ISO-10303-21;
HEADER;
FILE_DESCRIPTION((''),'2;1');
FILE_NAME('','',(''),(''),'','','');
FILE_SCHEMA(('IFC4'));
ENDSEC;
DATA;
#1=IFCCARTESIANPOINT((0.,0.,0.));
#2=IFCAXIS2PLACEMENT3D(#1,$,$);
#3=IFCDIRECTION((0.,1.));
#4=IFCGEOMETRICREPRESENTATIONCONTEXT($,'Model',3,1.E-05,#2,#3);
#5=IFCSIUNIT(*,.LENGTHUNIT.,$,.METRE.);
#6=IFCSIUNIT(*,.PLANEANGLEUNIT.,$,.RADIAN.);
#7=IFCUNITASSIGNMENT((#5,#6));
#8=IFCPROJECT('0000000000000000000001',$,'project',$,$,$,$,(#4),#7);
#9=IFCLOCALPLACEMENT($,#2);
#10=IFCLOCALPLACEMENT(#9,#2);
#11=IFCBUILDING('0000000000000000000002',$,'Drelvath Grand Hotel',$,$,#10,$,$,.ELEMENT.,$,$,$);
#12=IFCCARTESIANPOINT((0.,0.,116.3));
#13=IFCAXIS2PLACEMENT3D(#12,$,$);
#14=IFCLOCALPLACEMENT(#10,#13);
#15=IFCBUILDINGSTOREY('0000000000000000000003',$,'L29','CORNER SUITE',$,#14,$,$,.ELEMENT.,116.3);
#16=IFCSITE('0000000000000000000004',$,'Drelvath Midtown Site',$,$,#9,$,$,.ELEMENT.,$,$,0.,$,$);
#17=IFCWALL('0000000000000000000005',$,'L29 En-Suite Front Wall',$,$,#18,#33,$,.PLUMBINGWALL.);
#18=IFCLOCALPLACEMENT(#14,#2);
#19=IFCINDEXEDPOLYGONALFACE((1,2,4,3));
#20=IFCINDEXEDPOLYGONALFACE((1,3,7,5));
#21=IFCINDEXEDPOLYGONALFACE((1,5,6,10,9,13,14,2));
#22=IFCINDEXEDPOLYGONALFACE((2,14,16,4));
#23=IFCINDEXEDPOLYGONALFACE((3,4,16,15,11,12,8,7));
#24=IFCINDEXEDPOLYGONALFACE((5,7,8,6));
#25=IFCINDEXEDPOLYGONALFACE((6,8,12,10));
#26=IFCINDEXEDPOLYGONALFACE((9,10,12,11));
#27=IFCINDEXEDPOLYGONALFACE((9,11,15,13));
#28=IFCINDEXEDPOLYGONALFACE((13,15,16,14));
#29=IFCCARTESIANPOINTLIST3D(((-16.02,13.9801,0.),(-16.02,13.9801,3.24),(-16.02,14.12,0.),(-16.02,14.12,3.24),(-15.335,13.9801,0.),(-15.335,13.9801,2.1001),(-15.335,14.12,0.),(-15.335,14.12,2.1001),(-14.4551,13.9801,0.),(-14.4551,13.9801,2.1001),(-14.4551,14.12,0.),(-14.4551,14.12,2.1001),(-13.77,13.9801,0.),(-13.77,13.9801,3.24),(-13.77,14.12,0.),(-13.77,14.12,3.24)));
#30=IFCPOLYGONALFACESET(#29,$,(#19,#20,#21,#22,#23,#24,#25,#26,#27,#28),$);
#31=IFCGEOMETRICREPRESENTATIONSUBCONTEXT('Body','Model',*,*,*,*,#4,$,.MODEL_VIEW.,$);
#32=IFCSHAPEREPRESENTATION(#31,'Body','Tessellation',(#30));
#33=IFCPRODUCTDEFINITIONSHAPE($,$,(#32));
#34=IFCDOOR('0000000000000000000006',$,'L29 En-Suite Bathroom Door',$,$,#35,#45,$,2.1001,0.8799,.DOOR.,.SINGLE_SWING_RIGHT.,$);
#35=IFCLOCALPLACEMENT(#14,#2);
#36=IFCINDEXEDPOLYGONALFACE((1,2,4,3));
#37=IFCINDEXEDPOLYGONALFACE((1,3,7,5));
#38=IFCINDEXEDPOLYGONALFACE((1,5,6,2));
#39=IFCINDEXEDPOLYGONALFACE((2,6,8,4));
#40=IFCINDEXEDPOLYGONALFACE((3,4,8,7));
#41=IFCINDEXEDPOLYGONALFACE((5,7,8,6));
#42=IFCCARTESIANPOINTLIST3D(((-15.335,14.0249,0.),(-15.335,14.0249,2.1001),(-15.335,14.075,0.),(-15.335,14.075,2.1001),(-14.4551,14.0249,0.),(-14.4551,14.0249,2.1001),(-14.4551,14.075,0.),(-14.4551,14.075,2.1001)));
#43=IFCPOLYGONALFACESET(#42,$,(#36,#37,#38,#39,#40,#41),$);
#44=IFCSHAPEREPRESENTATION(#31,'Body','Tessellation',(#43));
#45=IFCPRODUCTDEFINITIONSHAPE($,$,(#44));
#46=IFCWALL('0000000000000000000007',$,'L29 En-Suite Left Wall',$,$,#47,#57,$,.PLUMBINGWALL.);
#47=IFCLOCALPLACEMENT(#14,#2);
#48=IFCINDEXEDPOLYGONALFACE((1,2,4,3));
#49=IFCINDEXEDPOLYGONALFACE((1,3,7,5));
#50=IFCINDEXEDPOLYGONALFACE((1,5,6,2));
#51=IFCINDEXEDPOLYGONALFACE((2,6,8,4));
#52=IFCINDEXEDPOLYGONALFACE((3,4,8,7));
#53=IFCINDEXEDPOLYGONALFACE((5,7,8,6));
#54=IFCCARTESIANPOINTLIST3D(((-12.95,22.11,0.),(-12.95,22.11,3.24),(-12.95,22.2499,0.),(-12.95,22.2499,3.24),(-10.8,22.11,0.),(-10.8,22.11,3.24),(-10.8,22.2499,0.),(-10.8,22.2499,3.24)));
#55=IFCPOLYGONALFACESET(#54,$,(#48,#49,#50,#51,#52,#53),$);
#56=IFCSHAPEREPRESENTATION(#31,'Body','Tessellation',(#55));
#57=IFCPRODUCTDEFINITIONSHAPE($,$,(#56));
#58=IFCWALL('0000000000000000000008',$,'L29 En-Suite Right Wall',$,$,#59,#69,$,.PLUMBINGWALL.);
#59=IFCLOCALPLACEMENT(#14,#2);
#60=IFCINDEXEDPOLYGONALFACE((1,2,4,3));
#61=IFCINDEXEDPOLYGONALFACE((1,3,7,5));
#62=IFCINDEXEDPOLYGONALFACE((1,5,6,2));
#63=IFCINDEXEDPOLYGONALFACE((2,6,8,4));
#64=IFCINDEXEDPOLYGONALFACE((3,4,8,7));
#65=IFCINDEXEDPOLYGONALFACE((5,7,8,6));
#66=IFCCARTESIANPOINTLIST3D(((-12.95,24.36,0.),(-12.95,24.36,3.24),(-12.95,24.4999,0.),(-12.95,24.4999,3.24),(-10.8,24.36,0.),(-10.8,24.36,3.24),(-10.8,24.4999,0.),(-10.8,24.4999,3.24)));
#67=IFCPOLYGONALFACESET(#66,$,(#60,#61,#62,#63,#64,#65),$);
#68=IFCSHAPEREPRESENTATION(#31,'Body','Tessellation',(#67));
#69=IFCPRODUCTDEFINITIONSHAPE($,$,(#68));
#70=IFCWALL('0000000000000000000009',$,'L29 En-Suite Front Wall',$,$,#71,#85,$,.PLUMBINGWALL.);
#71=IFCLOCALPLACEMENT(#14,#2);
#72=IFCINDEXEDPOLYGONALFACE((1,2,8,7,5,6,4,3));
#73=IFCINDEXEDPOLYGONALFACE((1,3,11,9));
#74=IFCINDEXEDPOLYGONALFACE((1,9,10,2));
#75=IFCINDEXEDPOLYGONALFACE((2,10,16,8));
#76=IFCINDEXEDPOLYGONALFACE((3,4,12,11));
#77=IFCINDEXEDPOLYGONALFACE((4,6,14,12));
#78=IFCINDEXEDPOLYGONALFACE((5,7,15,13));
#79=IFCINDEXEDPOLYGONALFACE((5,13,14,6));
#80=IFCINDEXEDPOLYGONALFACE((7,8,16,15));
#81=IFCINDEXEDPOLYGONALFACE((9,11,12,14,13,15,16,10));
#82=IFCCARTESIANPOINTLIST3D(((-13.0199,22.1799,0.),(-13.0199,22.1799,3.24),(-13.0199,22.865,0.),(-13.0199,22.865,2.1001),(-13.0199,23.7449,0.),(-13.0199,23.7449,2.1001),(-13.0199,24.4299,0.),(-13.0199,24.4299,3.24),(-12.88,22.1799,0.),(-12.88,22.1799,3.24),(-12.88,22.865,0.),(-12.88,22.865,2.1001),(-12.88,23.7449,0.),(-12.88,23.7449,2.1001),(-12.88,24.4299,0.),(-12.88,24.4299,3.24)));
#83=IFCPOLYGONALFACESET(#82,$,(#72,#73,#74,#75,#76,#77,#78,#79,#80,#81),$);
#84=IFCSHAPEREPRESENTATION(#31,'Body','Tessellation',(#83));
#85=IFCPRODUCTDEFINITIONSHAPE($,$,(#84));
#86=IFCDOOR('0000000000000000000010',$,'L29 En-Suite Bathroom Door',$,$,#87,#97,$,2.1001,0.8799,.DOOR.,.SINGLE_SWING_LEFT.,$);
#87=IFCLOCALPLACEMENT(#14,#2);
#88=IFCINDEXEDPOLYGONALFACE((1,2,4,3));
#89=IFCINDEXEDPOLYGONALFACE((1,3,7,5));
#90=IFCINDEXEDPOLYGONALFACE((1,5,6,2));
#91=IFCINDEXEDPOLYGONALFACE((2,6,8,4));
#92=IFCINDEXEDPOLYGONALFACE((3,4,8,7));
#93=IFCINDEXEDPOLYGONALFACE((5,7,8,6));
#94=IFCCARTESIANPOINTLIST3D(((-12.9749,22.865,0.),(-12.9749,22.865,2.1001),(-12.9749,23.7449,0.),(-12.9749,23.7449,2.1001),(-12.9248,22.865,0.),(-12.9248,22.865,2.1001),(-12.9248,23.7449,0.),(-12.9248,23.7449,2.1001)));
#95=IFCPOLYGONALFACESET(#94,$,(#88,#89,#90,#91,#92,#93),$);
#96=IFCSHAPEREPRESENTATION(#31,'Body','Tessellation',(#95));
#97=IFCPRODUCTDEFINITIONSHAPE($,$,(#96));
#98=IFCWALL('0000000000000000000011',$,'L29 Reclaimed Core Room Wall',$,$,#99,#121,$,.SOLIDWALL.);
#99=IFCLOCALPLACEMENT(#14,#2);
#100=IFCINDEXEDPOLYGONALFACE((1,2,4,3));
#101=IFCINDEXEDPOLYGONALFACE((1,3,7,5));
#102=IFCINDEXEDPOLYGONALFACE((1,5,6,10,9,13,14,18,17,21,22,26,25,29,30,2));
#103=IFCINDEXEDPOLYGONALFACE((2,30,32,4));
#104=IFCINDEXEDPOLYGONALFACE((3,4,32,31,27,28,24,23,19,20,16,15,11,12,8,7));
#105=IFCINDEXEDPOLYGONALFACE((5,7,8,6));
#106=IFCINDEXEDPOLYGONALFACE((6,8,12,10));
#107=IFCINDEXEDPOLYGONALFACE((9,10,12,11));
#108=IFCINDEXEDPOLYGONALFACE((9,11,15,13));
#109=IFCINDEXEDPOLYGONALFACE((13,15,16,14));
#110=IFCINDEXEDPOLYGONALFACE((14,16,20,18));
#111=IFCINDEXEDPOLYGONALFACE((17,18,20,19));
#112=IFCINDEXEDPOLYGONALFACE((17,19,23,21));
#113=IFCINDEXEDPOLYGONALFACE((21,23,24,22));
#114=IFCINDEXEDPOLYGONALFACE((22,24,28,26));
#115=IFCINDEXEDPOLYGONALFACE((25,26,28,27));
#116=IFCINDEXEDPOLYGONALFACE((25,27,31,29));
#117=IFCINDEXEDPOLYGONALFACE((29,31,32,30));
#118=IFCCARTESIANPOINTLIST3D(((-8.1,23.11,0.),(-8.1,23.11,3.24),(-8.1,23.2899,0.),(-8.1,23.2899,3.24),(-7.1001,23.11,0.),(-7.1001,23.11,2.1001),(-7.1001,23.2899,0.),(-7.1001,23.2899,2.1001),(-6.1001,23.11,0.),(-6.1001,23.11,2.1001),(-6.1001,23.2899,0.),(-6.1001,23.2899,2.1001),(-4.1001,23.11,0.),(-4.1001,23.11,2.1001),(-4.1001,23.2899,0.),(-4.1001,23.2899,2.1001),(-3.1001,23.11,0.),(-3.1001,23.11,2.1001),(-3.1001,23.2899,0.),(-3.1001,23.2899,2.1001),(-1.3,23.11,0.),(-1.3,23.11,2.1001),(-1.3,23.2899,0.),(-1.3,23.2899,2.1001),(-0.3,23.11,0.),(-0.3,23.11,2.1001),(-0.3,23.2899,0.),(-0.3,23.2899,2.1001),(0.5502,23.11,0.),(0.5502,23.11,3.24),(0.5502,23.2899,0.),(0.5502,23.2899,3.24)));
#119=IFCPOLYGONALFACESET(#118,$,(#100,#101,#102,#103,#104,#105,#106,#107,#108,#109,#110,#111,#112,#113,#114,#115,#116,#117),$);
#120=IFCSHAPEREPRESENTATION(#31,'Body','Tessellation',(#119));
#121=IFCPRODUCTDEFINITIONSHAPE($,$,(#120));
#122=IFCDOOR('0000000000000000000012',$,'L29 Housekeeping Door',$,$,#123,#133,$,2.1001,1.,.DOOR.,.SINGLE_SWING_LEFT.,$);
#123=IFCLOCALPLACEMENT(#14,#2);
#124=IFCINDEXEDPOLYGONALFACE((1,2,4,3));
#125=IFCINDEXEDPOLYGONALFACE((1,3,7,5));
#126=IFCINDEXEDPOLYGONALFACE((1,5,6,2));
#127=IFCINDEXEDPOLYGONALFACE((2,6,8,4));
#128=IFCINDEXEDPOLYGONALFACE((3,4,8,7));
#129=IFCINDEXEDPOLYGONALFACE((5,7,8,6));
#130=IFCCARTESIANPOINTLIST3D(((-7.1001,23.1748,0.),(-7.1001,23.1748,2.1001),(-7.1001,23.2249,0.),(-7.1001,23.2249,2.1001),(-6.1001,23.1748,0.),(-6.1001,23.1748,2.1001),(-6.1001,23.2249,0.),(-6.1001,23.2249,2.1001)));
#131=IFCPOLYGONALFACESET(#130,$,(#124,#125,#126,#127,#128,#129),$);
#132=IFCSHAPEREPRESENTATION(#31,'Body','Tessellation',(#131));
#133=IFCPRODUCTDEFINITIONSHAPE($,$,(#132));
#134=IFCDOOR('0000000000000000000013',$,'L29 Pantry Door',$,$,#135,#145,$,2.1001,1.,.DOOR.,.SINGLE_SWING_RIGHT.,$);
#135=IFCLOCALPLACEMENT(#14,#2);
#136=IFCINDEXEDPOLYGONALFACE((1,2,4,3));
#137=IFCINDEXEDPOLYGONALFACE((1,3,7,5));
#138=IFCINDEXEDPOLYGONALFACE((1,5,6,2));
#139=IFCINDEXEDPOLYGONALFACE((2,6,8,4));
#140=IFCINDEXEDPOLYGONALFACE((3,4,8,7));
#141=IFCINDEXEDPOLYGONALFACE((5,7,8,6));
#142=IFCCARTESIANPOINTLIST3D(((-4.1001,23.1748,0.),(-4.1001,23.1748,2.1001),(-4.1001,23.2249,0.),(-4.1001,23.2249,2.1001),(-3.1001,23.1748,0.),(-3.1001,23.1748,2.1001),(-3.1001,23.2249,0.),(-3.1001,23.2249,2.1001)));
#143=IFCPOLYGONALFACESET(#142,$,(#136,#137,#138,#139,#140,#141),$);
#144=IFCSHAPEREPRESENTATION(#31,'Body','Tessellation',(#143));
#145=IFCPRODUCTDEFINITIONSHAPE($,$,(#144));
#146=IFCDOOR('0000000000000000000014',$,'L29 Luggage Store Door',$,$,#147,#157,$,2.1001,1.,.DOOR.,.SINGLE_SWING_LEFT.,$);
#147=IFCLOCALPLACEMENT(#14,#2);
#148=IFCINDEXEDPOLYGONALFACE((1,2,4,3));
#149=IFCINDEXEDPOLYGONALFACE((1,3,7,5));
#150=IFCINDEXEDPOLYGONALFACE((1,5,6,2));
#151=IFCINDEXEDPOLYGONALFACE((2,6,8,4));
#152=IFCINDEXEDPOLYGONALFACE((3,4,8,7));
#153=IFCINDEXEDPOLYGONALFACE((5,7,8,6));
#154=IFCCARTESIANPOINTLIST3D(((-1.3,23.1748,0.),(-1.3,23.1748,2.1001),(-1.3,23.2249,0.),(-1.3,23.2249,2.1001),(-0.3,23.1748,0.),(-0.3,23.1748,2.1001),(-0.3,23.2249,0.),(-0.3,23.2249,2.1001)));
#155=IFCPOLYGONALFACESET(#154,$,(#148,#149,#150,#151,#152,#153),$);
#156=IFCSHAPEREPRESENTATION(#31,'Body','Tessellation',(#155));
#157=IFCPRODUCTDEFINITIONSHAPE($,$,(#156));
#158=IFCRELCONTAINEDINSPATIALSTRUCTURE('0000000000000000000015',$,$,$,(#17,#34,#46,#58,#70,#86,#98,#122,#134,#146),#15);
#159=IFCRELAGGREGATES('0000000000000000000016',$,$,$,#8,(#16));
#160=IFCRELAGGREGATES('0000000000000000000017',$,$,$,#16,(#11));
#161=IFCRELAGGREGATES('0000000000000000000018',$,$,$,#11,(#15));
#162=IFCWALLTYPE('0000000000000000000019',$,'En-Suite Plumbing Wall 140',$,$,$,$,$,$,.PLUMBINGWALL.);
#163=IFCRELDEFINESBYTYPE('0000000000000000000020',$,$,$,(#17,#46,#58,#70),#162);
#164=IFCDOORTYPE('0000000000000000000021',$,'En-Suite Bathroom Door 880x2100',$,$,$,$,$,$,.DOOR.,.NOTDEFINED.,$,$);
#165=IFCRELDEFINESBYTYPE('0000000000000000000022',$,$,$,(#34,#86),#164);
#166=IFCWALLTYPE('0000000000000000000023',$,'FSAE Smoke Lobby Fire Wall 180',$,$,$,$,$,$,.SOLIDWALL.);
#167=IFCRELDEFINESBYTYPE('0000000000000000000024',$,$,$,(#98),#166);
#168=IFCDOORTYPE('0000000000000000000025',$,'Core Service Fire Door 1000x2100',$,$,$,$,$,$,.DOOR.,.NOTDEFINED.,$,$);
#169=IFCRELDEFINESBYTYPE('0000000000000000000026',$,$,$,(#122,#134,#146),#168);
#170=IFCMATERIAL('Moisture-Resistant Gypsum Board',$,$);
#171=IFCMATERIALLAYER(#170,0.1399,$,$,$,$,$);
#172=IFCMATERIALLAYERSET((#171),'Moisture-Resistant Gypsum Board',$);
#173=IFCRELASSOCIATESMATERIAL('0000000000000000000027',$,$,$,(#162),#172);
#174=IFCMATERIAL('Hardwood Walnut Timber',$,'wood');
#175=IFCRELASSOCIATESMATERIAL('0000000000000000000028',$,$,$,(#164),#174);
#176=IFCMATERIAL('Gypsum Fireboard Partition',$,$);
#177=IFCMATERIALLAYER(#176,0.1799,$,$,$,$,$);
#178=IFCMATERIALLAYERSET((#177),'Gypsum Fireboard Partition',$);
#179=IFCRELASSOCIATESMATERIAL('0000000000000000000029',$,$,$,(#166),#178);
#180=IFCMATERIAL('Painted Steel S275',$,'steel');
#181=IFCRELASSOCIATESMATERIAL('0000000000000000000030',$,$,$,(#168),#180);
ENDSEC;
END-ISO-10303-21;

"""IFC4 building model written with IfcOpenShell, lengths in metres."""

from ifc_helpers import new_model, si_unit, direction, frame, frame_2d, origin, place, context, subcontext, project, spatial, rectangle, extrude, material, layer, layer_set, type_object, element, fill, save


model = new_model("IFC4")

# Units and contexts
model_context = context("Model", 3, precision=1e-05, world=origin(), true_north=direction((0.0, 1.0)))
body_context = subcontext(model_context, "Body", "Model", "MODEL_VIEW")
ifc_project = project(units=[si_unit("LENGTHUNIT", "METRE"), si_unit("PLANEANGLEUNIT", "RADIAN")], contexts=[model_context])

# Site, building, storey
site_placement = place(None, origin())
site = spatial("IfcSite", under=ifc_project, at=site_placement, Name="Drelvath Midtown Site", CompositionType="ELEMENT", RefElevation=0.0)
building_placement = place(site_placement, origin())
building = spatial("IfcBuilding", under=site, at=building_placement, Name="Drelvath Grand Hotel", CompositionType="ELEMENT")
storey_placement = place(building_placement, frame((0.0, 0.0, 116.3)))
storey = spatial("IfcBuildingStorey", under=building, at=storey_placement, Name="L29", Description="CORNER SUITE", CompositionType="ELEMENT", Elevation=116.3)

# Shared definitions
ifc_material_1 = material(Name="Gypsum Fireboard Partition")
ifc_material_2 = material(Name="Painted Steel S275", Category="steel")

# Shared definitions
ifc_material_3 = material(Name="Hardwood Walnut Timber", Category="wood")

# Shared definitions
ifc_material_4 = material(Name="Moisture-Resistant Gypsum Board")
ifc_layer_1 = layer(ifc_material_4, 0.1399)
ifc_layer_set_1 = layer_set([ifc_layer_1], Name="Moisture-Resistant Gypsum Board")
wall_type_1 = type_object("IfcWallType", Name="En-Suite Plumbing Wall 140", PredefinedType="PLUMBINGWALL", material=ifc_layer_set_1)

# Wall, opening, door
wall_1_placement = place(storey_placement, frame((-16.02, 14.05, 0.0), z_axis=(0.0, 0.0, 1.0), x_axis=(1.0, 0.0, 0.0)))
wall_1 = element("IfcWall", 1, at=wall_1_placement, inside=storey, type_object=wall_type_1, Name="L29 En-Suite Front Wall", PredefinedType="PLUMBINGWALL", context=body_context, shape_type="SweptSolid", body=[
    extrude(rectangle(XDim=2.25, YDim=0.1399, at=frame_2d((1.125, 0.0))), origin(), (0.0, 0.0, 1.0), 3.24),
])
opening_1_placement = place(wall_1_placement, frame((0.6851, 0.0, 0.0)))
opening_1 = element("IfcOpeningElement", 2, at=opening_1_placement, cuts=wall_1, PredefinedType="OPENING", context=body_context, shape_type="SweptSolid", body=[
    extrude(rectangle(XDim=0.8799, YDim=2.1001, at=frame_2d((0.4399, 1.05))), frame((0.0, 0.0798, 0.0), z_axis=(0.0, -1.0, 0.0), x_axis=(1.0, 0.0, 0.0)), (0.0, 0.0, 1.0), 0.1599),
])
door_type_1 = type_object("IfcDoorType", Name="En-Suite Bathroom Door 880x2100", OperationType="NOTDEFINED", PredefinedType="DOOR", material=ifc_material_3)
door_1_placement = place(opening_1_placement, origin())
door_1 = element("IfcDoor", 3, at=door_1_placement, inside=storey, type_object=door_type_1, Name="L29 En-Suite Bathroom Door", OperationType="SINGLE_SWING_RIGHT", OverallHeight=2.1001, OverallWidth=0.8799, PredefinedType="DOOR", context=body_context, shape_type="SweptSolid", body=[
    extrude(rectangle(XDim=0.8799, YDim=2.1001, at=frame_2d((0.4399, 1.05))), frame((0.0, 0.0249, 0.0), z_axis=(0.0, -1.0, 0.0), x_axis=(1.0, 0.0, 0.0)), (0.0, 0.0, 1.0), 0.05),
])
fill(opening_1, door_1)

# Walls
for number, where, z_axis, x_axis, name in (
    (4, (-10.8, 22.1799, 0.0), (0.0, 0.0, 1.0), (-1.0, 0.0, 0.0), "L29 En-Suite Left Wall"),
    (5, (-10.8, 24.4299, 0.0), (0.0, 0.0, 1.0), (-1.0, 0.0, 0.0), "L29 En-Suite Right Wall"),
):
    element("IfcWall", number, at=place(storey_placement, frame(where, z_axis=z_axis, x_axis=x_axis)), inside=storey, type_object=wall_type_1, Name=name, PredefinedType="PLUMBINGWALL", context=body_context, shape_type="SweptSolid", body=[
        extrude(rectangle(XDim=2.1499, YDim=0.1399, at=frame_2d((1.075, 0.0))), origin(), (0.0, 0.0, 1.0), 3.24),
    ])

# Wall, opening, door
wall_2_placement = place(storey_placement, frame((-12.95, 22.1799, 0.0), z_axis=(0.0, 0.0, 1.0), x_axis=(0.0, 1.0, 0.0)))
wall_2 = element("IfcWall", 6, at=wall_2_placement, inside=storey, type_object=wall_type_1, Name="L29 En-Suite Front Wall", PredefinedType="PLUMBINGWALL", context=body_context, shape_type="SweptSolid", body=[
    extrude(rectangle(XDim=2.25, YDim=0.1399, at=frame_2d((1.125, 0.0))), origin(), (0.0, 0.0, 1.0), 3.24),
])
opening_2_placement = place(wall_2_placement, frame((0.6851, 0.0, 0.0)))
opening_2 = element("IfcOpeningElement", 7, at=opening_2_placement, cuts=wall_2, PredefinedType="OPENING", context=body_context, shape_type="SweptSolid", body=[
    extrude(rectangle(XDim=0.8799, YDim=2.1001, at=frame_2d((0.4399, 1.05))), frame((0.0, 0.0798, 0.0), z_axis=(0.0, -1.0, 0.0), x_axis=(1.0, 0.0, 0.0)), (0.0, 0.0, 1.0), 0.1599),
])
door_2_placement = place(opening_2_placement, origin())
door_2 = element("IfcDoor", 8, at=door_2_placement, inside=storey, type_object=door_type_1, Name="L29 En-Suite Bathroom Door", OperationType="SINGLE_SWING_LEFT", OverallHeight=2.1001, OverallWidth=0.8799, PredefinedType="DOOR", context=body_context, shape_type="SweptSolid", body=[
    extrude(rectangle(XDim=0.8799, YDim=2.1001, at=frame_2d((0.4399, 1.05))), frame((0.0, 0.0249, 0.0), z_axis=(0.0, -1.0, 0.0), x_axis=(1.0, 0.0, 0.0)), (0.0, 0.0, 1.0), 0.05),
])
fill(opening_2, door_2)

# Wall, openings, doors
ifc_layer_2 = layer(ifc_material_1, 0.1799)
ifc_layer_set_2 = layer_set([ifc_layer_2], Name="Gypsum Fireboard Partition")
wall_type_2 = type_object("IfcWallType", Name="FSAE Smoke Lobby Fire Wall 180", PredefinedType="SOLIDWALL", material=ifc_layer_set_2)
wall_3_placement = place(storey_placement, frame((-8.1001, 23.2, 0.0), z_axis=(0.0, 0.0, 1.0), x_axis=(1.0, 0.0, 0.0)))
wall_3 = element("IfcWall", 9, at=wall_3_placement, inside=storey, type_object=wall_type_2, Name="L29 Reclaimed Core Room Wall", PredefinedType="SOLIDWALL", context=body_context, shape_type="SweptSolid", body=[
    extrude(rectangle(XDim=8.6501, YDim=0.1799, at=frame_2d((4.3252, 0.0))), origin(), (0.0, 0.0, 1.0), 3.24),
])
opening_3_placement = place(wall_3_placement, frame((1.0, 0.0, 0.0)))
opening_3 = element("IfcOpeningElement", 10, at=opening_3_placement, cuts=wall_3, PredefinedType="OPENING", context=body_context, shape_type="SweptSolid", body=[
    extrude(rectangle(XDim=1.0, YDim=2.1001, at=frame_2d((0.5, 1.05))), frame((0.0, 0.0999, 0.0), z_axis=(0.0, -1.0, 0.0), x_axis=(1.0, 0.0, 0.0)), (0.0, 0.0, 1.0), 0.2),
])
opening_4_placement = place(wall_3_placement, frame((4.0, 0.0, 0.0)))
opening_4 = element("IfcOpeningElement", 11, at=opening_4_placement, cuts=wall_3, PredefinedType="OPENING", context=body_context, shape_type="SweptSolid", body=[
    extrude(rectangle(XDim=1.0, YDim=2.1001, at=frame_2d((0.5, 1.05))), frame((0.0, 0.0999, 0.0), z_axis=(0.0, -1.0, 0.0), x_axis=(1.0, 0.0, 0.0)), (0.0, 0.0, 1.0), 0.2),
])
opening_5_placement = place(wall_3_placement, frame((6.8, 0.0, 0.0)))
opening_5 = element("IfcOpeningElement", 12, at=opening_5_placement, cuts=wall_3, PredefinedType="OPENING", context=body_context, shape_type="SweptSolid", body=[
    extrude(rectangle(XDim=1.0, YDim=2.1001, at=frame_2d((0.5, 1.05))), frame((0.0, 0.0999, 0.0), z_axis=(0.0, -1.0, 0.0), x_axis=(1.0, 0.0, 0.0)), (0.0, 0.0, 1.0), 0.2),
])
door_type_2 = type_object("IfcDoorType", Name="Core Service Fire Door 1000x2100", OperationType="NOTDEFINED", PredefinedType="DOOR", material=ifc_material_2)
door_3_placement = place(opening_3_placement, origin())
door_3 = element("IfcDoor", 13, at=door_3_placement, inside=storey, type_object=door_type_2, Name="L29 Housekeeping Door", OperationType="SINGLE_SWING_LEFT", OverallHeight=2.1001, OverallWidth=1.0, PredefinedType="DOOR", context=body_context, shape_type="SweptSolid", body=[
    extrude(rectangle(XDim=1.0, YDim=2.1001, at=frame_2d((0.5, 1.05))), frame((0.0, 0.0249, 0.0), z_axis=(0.0, -1.0, 0.0), x_axis=(1.0, 0.0, 0.0)), (0.0, 0.0, 1.0), 0.05),
])
fill(opening_3, door_3)
door_4_placement = place(opening_4_placement, origin())
door_4 = element("IfcDoor", 14, at=door_4_placement, inside=storey, type_object=door_type_2, Name="L29 Pantry Door", OperationType="SINGLE_SWING_RIGHT", OverallHeight=2.1001, OverallWidth=1.0, PredefinedType="DOOR", context=body_context, shape_type="SweptSolid", body=[
    extrude(rectangle(XDim=1.0, YDim=2.1001, at=frame_2d((0.5, 1.05))), frame((0.0, 0.0249, 0.0), z_axis=(0.0, -1.0, 0.0), x_axis=(1.0, 0.0, 0.0)), (0.0, 0.0, 1.0), 0.05),
])
fill(opening_4, door_4)
door_5_placement = place(opening_5_placement, origin())
door_5 = element("IfcDoor", 15, at=door_5_placement, inside=storey, type_object=door_type_2, Name="L29 Luggage Store Door", OperationType="SINGLE_SWING_LEFT", OverallHeight=2.1001, OverallWidth=1.0, PredefinedType="DOOR", context=body_context, shape_type="SweptSolid", body=[
    extrude(rectangle(XDim=1.0, YDim=2.1001, at=frame_2d((0.5, 1.05))), frame((0.0, 0.0249, 0.0), z_axis=(0.0, -1.0, 0.0), x_axis=(1.0, 0.0, 0.0)), (0.0, 0.0, 1.0), 0.05),
])
fill(opening_5, door_5)

save(model, "model.ifc")
